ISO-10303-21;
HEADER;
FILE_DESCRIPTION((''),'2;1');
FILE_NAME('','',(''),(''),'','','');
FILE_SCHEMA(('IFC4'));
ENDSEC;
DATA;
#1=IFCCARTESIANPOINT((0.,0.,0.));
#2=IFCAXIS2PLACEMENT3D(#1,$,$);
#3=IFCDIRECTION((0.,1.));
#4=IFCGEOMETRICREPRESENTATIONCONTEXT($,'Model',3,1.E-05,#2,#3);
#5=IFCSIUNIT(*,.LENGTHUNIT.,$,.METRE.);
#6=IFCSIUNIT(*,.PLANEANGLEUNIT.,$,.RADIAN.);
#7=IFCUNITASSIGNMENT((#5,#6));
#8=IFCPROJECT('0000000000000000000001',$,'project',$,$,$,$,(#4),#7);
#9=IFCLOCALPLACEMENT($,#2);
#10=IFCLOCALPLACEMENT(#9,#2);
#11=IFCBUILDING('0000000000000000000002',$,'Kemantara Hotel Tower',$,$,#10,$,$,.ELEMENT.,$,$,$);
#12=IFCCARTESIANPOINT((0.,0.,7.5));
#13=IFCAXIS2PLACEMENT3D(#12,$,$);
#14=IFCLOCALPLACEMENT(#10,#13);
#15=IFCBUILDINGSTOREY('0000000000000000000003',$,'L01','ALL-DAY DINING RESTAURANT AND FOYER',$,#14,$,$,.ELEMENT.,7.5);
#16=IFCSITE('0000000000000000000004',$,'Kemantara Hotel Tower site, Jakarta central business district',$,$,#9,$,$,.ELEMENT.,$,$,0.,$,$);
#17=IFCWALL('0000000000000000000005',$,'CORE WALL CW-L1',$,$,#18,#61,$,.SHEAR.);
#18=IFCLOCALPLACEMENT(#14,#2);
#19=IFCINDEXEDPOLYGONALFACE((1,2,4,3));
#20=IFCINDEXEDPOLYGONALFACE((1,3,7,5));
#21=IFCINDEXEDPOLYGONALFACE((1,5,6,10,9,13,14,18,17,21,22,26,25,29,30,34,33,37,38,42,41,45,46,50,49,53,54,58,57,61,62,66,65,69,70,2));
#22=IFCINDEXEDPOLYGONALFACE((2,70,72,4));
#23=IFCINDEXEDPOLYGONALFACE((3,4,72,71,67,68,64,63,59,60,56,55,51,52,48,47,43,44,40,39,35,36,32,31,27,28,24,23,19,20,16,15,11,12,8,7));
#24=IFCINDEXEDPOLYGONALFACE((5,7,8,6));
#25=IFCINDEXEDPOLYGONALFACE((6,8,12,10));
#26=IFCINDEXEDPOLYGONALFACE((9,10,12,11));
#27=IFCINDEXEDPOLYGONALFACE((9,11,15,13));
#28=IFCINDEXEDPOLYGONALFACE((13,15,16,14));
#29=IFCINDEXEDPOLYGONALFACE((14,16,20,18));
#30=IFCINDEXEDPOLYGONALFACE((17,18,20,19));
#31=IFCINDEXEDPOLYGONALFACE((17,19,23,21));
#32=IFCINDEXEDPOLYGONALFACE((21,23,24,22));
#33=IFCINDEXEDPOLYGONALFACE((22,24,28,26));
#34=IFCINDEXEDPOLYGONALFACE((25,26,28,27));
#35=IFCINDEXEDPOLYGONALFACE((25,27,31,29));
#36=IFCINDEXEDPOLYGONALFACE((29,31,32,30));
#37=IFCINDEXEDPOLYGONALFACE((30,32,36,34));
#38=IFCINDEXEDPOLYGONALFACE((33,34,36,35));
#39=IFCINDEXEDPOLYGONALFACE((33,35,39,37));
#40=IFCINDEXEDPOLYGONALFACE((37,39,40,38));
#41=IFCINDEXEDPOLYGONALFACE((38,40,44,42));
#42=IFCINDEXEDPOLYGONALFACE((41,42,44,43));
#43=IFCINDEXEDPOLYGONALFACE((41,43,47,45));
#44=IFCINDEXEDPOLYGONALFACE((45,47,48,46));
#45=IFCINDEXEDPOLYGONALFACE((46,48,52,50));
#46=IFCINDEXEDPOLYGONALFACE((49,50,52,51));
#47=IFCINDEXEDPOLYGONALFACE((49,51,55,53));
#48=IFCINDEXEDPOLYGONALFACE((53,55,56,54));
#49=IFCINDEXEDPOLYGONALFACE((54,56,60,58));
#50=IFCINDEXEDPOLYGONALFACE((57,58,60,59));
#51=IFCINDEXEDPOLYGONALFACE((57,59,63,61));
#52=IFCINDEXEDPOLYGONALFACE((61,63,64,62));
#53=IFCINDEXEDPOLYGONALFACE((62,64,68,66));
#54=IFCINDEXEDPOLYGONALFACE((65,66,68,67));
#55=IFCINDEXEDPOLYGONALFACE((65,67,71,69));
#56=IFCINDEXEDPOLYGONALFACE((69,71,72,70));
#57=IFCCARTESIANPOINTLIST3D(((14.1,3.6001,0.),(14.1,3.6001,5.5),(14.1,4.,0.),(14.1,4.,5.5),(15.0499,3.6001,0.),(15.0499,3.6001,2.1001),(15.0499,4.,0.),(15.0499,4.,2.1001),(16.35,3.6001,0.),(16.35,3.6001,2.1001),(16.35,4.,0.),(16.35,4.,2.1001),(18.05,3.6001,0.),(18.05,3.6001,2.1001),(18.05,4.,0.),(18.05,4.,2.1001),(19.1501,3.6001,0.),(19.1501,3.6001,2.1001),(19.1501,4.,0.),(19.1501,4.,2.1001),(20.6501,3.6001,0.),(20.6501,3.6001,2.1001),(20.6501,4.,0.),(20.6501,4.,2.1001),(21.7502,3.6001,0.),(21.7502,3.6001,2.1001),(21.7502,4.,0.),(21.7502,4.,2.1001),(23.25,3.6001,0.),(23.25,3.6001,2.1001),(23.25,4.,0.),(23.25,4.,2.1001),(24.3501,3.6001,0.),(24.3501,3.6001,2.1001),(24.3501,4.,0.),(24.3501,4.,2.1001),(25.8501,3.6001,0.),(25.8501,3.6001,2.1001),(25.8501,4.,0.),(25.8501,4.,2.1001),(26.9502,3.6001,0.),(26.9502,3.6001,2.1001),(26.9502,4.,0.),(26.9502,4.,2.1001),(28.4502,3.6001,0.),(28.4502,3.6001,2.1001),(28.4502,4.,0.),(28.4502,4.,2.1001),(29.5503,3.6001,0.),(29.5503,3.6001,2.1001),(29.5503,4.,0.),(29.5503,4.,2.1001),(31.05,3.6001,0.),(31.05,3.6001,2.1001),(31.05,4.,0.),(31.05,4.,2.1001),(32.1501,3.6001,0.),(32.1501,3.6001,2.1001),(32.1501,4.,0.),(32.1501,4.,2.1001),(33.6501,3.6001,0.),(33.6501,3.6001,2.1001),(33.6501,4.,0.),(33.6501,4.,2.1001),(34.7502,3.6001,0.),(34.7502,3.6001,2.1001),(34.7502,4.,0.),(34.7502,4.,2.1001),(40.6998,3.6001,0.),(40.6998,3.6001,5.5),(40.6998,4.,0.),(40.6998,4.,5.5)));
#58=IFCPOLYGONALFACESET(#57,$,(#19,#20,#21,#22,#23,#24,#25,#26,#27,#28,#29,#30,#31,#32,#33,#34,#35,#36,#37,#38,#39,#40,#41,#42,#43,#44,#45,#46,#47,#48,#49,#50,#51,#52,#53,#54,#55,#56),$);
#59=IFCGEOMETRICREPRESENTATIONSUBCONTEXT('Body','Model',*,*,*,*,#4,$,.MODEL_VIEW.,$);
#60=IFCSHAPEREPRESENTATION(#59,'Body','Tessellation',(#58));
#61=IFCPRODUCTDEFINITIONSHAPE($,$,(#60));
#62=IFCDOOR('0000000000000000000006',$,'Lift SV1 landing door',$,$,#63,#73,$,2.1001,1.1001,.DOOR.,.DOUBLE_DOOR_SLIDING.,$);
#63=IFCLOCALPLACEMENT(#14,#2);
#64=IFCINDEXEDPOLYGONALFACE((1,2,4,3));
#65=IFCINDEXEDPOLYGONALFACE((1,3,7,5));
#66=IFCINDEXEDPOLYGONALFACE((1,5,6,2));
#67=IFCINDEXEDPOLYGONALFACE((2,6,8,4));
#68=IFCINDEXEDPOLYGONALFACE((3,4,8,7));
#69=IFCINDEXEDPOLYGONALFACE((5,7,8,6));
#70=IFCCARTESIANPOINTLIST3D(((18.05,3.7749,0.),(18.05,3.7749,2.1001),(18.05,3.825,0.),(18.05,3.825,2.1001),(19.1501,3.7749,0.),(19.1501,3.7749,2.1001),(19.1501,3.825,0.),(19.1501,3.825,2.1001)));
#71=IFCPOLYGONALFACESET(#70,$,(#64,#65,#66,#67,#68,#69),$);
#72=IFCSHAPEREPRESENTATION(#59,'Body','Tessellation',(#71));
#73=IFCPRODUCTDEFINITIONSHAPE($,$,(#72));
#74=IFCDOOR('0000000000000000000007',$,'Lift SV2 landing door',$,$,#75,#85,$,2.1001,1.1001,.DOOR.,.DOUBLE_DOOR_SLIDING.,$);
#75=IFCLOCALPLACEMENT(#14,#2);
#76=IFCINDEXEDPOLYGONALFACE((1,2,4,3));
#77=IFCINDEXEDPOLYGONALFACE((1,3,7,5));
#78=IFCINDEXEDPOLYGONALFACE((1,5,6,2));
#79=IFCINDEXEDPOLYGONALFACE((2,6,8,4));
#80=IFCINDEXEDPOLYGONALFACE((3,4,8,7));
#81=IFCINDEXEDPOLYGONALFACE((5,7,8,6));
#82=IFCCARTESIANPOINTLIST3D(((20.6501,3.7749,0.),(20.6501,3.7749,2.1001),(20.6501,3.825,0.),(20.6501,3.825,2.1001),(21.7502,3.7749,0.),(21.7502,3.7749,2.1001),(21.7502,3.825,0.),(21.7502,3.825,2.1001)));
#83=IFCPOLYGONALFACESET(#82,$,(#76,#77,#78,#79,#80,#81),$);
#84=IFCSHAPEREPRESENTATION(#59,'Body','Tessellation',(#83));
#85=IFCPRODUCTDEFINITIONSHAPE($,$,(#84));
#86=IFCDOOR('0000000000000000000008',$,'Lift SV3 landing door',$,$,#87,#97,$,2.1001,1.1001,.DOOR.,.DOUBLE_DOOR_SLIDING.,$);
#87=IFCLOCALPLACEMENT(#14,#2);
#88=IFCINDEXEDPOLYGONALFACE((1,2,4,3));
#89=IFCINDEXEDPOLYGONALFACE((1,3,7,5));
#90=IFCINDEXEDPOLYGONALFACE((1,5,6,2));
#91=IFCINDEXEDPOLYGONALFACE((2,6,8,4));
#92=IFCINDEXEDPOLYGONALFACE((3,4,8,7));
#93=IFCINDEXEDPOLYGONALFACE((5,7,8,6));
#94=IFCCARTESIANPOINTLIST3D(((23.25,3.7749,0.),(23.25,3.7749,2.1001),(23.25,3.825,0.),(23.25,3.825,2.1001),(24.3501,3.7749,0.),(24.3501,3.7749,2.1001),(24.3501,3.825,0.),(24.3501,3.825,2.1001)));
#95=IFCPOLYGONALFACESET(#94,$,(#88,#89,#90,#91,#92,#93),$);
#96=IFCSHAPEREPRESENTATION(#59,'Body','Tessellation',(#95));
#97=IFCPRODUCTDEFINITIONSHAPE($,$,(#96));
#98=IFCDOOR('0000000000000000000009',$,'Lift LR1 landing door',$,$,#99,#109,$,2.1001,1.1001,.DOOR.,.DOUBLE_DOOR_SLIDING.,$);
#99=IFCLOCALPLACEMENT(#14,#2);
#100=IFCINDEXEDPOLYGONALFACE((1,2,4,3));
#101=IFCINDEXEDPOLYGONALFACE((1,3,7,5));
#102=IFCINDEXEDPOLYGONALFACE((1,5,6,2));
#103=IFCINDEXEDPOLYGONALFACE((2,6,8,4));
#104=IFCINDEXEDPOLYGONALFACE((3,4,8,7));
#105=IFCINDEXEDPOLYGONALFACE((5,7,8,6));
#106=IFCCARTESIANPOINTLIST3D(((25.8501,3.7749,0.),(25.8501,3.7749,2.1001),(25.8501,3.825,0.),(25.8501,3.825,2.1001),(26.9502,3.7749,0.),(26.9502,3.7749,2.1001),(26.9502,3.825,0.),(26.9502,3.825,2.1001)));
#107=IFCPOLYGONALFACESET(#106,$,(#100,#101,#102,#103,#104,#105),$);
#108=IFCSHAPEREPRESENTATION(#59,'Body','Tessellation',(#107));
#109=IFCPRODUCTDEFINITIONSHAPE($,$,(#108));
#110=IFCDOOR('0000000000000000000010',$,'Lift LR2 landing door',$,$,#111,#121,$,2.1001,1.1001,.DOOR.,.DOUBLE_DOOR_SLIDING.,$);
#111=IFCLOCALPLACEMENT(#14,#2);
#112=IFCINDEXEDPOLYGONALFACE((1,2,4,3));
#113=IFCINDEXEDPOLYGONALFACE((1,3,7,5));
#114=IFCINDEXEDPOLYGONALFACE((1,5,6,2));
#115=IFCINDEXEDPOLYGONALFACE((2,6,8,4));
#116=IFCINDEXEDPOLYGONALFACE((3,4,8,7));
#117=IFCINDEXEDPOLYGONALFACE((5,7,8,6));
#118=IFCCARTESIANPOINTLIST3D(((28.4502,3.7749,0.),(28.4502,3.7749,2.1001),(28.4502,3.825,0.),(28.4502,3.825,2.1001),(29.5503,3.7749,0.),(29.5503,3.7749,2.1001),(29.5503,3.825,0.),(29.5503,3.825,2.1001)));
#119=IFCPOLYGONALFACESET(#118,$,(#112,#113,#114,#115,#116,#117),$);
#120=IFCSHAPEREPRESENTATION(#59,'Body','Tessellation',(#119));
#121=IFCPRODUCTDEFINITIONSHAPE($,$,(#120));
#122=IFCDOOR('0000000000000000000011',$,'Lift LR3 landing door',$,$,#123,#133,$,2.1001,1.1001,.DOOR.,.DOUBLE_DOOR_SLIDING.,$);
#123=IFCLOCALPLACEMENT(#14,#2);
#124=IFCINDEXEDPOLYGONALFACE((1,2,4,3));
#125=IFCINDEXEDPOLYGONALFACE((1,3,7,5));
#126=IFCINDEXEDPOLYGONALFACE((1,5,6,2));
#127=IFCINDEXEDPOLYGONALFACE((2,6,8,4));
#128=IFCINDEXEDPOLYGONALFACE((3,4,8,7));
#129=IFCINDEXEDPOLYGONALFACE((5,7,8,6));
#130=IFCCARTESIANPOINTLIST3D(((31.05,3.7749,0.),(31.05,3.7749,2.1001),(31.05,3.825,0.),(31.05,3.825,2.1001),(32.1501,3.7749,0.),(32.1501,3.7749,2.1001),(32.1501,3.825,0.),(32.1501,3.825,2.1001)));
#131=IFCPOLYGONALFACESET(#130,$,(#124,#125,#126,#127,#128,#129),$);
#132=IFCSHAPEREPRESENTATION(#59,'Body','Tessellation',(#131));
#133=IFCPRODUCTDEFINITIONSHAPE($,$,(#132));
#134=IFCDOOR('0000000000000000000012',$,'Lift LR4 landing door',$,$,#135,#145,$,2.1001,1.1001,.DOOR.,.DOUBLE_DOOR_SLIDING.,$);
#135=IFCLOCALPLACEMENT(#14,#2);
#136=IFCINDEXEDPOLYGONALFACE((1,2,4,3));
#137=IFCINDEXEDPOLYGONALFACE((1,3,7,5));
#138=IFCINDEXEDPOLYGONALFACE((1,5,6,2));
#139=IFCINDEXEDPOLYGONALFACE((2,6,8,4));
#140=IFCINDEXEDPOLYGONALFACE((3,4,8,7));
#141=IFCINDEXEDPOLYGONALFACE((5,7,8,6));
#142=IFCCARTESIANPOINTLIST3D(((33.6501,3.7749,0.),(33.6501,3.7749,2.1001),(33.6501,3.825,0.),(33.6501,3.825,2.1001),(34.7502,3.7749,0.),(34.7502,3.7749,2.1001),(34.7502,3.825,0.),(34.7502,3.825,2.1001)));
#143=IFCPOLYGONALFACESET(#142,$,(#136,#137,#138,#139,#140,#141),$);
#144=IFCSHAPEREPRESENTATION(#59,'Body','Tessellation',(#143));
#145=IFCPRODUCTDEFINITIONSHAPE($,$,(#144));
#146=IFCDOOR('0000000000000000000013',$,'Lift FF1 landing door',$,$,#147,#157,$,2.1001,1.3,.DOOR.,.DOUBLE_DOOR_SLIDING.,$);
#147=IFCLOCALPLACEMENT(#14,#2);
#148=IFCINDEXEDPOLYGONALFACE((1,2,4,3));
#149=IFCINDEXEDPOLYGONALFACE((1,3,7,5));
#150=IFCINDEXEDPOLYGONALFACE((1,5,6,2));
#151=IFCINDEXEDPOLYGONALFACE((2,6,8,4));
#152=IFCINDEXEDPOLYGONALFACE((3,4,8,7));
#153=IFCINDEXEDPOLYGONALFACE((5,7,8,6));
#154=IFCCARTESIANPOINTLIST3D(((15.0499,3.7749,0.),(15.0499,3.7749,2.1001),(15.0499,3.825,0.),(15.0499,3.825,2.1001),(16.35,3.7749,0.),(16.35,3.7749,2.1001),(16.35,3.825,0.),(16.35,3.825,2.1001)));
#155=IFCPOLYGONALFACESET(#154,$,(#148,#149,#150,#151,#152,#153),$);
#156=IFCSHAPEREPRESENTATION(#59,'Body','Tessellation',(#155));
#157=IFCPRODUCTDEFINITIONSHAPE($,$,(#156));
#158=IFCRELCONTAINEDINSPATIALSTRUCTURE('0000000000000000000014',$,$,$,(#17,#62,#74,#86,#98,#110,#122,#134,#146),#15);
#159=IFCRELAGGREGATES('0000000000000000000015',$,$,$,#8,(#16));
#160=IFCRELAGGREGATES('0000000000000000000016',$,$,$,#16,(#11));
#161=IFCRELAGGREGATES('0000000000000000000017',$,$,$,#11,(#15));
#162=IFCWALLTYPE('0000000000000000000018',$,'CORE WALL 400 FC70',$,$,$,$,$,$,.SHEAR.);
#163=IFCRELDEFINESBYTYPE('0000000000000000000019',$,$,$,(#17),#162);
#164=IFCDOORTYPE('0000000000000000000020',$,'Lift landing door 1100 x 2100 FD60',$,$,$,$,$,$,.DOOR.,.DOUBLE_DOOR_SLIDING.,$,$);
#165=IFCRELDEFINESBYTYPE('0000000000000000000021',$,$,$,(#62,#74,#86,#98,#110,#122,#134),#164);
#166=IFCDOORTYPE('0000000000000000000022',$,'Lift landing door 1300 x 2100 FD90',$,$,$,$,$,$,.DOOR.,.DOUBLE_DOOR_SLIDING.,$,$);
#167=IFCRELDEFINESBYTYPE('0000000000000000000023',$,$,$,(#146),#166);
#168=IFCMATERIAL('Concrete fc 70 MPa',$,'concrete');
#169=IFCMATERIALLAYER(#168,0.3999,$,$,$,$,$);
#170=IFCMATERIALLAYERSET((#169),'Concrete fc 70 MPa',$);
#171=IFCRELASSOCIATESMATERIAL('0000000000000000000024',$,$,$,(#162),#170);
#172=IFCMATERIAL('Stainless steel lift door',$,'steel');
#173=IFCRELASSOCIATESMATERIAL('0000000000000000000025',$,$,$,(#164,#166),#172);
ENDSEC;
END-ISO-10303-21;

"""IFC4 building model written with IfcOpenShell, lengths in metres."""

from ifc_helpers import new_model, si_unit, direction, frame, frame_2d, origin, place, context, subcontext, project, spatial, rectangle, extrude, material, layer, layer_set, type_object, element, fill, save


model = new_model("IFC4")

# Units and contexts
model_context = context("Model", 3, precision=1e-05, world=origin(), true_north=direction((0.0, 1.0)))
body_context = subcontext(model_context, "Body", "Model", "MODEL_VIEW")
ifc_project = project(units=[si_unit("LENGTHUNIT", "METRE"), si_unit("PLANEANGLEUNIT", "RADIAN")], contexts=[model_context])

# Site, building, storey
site_placement = place(None, origin())
site = spatial("IfcSite", under=ifc_project, at=site_placement, Name="Kemantara Hotel Tower site, Jakarta central business district", CompositionType="ELEMENT", RefElevation=0.0)
building_placement = place(site_placement, origin())
building = spatial("IfcBuilding", under=site, at=building_placement, Name="Kemantara Hotel Tower", CompositionType="ELEMENT")
storey_placement = place(building_placement, frame((0.0, 0.0, 7.5)))
storey = spatial("IfcBuildingStorey", under=building, at=storey_placement, Name="L01", Description="ALL-DAY DINING RESTAURANT AND FOYER", CompositionType="ELEMENT", Elevation=7.5)

# Shared definitions
ifc_material_1 = material(Name="Concrete fc 70 MPa", Category="concrete")

# Shared definitions
ifc_layer_1 = layer(ifc_material_1, 0.3999)
ifc_layer_set_1 = layer_set([ifc_layer_1], Name="Concrete fc 70 MPa")
wall_type_1 = type_object("IfcWallType", Name="CORE WALL 400 FC70", PredefinedType="SHEAR", material=ifc_layer_set_1)

# Wall, openings, doors
wall_1_placement = place(storey_placement, frame((14.1001, 3.8, 0.0), z_axis=(0.0, 0.0, 1.0), x_axis=(1.0, 0.0, 0.0)))
wall_1 = element("IfcWall", 1, at=wall_1_placement, inside=storey, type_object=wall_type_1, Name="CORE WALL CW-L1", PredefinedType="SHEAR", context=body_context, shape_type="SweptSolid", body=[
    extrude(rectangle(XDim=26.5999, YDim=0.3999, at=frame_2d((13.2998, 0.0))), origin(), (0.0, 0.0, 1.0), 5.5),
])
opening_1_placement = place(wall_1_placement, frame((0.95, 0.0, 0.0)))
opening_1 = element("IfcOpeningElement", 2, at=opening_1_placement, cuts=wall_1, PredefinedType="OPENING", context=body_context, shape_type="SweptSolid", body=[
    extrude(rectangle(XDim=1.3, YDim=2.1001, at=frame_2d((0.6499, 1.05))), frame((0.0, 0.21, 0.0), z_axis=(0.0, -1.0, 0.0), x_axis=(1.0, 0.0, 0.0)), (0.0, 0.0, 1.0), 0.4199),
])
opening_2_placement = place(wall_1_placement, frame((3.95, 0.0, 0.0)))
opening_2 = element("IfcOpeningElement", 3, at=opening_2_placement, cuts=wall_1, PredefinedType="OPENING", context=body_context, shape_type="SweptSolid", body=[
    extrude(rectangle(XDim=1.1001, YDim=2.1001, at=frame_2d((0.55, 1.05))), frame((0.0, 0.21, 0.0), z_axis=(0.0, -1.0, 0.0), x_axis=(1.0, 0.0, 0.0)), (0.0, 0.0, 1.0), 0.4199),
])
opening_3_placement = place(wall_1_placement, frame((6.55, 0.0, 0.0)))
opening_3 = element("IfcOpeningElement", 4, at=opening_3_placement, cuts=wall_1, PredefinedType="OPENING", context=body_context, shape_type="SweptSolid", body=[
    extrude(rectangle(XDim=1.1001, YDim=2.1001, at=frame_2d((0.55, 1.05))), frame((0.0, 0.21, 0.0), z_axis=(0.0, -1.0, 0.0), x_axis=(1.0, 0.0, 0.0)), (0.0, 0.0, 1.0), 0.4199),
])
opening_4_placement = place(wall_1_placement, frame((9.1499, 0.0, 0.0)))
opening_4 = element("IfcOpeningElement", 5, at=opening_4_placement, cuts=wall_1, PredefinedType="OPENING", context=body_context, shape_type="SweptSolid", body=[
    extrude(rectangle(XDim=1.1001, YDim=2.1001, at=frame_2d((0.55, 1.05))), frame((0.0, 0.21, 0.0), z_axis=(0.0, -1.0, 0.0), x_axis=(1.0, 0.0, 0.0)), (0.0, 0.0, 1.0), 0.4199),
])
opening_5_placement = place(wall_1_placement, frame((11.75, 0.0, 0.0)))
opening_5 = element("IfcOpeningElement", 6, at=opening_5_placement, cuts=wall_1, PredefinedType="OPENING", context=body_context, shape_type="SweptSolid", body=[
    extrude(rectangle(XDim=1.1001, YDim=2.1001, at=frame_2d((0.55, 1.05))), frame((0.0, 0.21, 0.0), z_axis=(0.0, -1.0, 0.0), x_axis=(1.0, 0.0, 0.0)), (0.0, 0.0, 1.0), 0.4199),
])
opening_6_placement = place(wall_1_placement, frame((14.3501, 0.0, 0.0)))
opening_6 = element("IfcOpeningElement", 7, at=opening_6_placement, cuts=wall_1, PredefinedType="OPENING", context=body_context, shape_type="SweptSolid", body=[
    extrude(rectangle(XDim=1.1001, YDim=2.1001, at=frame_2d((0.55, 1.05))), frame((0.0, 0.21, 0.0), z_axis=(0.0, -1.0, 0.0), x_axis=(1.0, 0.0, 0.0)), (0.0, 0.0, 1.0), 0.4199),
])
opening_7_placement = place(wall_1_placement, frame((16.95, 0.0, 0.0)))
opening_7 = element("IfcOpeningElement", 8, at=opening_7_placement, cuts=wall_1, PredefinedType="OPENING", context=body_context, shape_type="SweptSolid", body=[
    extrude(rectangle(XDim=1.1001, YDim=2.1001, at=frame_2d((0.55, 1.05))), frame((0.0, 0.21, 0.0), z_axis=(0.0, -1.0, 0.0), x_axis=(1.0, 0.0, 0.0)), (0.0, 0.0, 1.0), 0.4199),
])
opening_8_placement = place(wall_1_placement, frame((19.55, 0.0, 0.0)))
opening_8 = element("IfcOpeningElement", 9, at=opening_8_placement, cuts=wall_1, PredefinedType="OPENING", context=body_context, shape_type="SweptSolid", body=[
    extrude(rectangle(XDim=1.1001, YDim=2.1001, at=frame_2d((0.55, 1.05))), frame((0.0, 0.21, 0.0), z_axis=(0.0, -1.0, 0.0), x_axis=(1.0, 0.0, 0.0)), (0.0, 0.0, 1.0), 0.4199),
])
ifc_material_2 = material(Name="Stainless steel lift door", Category="steel")
door_type_1 = type_object("IfcDoorType", Name="Lift landing door 1100 x 2100 FD60", OperationType="DOUBLE_DOOR_SLIDING", PredefinedType="DOOR", material=ifc_material_2)
door_1_placement = place(opening_2_placement, origin())
door_1 = element("IfcDoor", 10, at=door_1_placement, inside=storey, type_object=door_type_1, Name="Lift SV1 landing door", OperationType="DOUBLE_DOOR_SLIDING", OverallHeight=2.1001, OverallWidth=1.1001, PredefinedType="DOOR", context=body_context, shape_type="SweptSolid", body=[
    extrude(rectangle(XDim=1.1001, YDim=2.1001, at=frame_2d((0.55, 1.05))), frame((0.0, 0.0249, 0.0), z_axis=(0.0, -1.0, 0.0), x_axis=(1.0, 0.0, 0.0)), (0.0, 0.0, 1.0), 0.05),
])
fill(opening_2, door_1)
door_2_placement = place(opening_3_placement, origin())
door_2 = element("IfcDoor", 11, at=door_2_placement, inside=storey, type_object=door_type_1, Name="Lift SV2 landing door", OperationType="DOUBLE_DOOR_SLIDING", OverallHeight=2.1001, OverallWidth=1.1001, PredefinedType="DOOR", context=body_context, shape_type="SweptSolid", body=[
    extrude(rectangle(XDim=1.1001, YDim=2.1001, at=frame_2d((0.55, 1.05))), frame((0.0, 0.0249, 0.0), z_axis=(0.0, -1.0, 0.0), x_axis=(1.0, 0.0, 0.0)), (0.0, 0.0, 1.0), 0.05),
])
fill(opening_3, door_2)
door_3_placement = place(opening_4_placement, origin())
door_3 = element("IfcDoor", 12, at=door_3_placement, inside=storey, type_object=door_type_1, Name="Lift SV3 landing door", OperationType="DOUBLE_DOOR_SLIDING", OverallHeight=2.1001, OverallWidth=1.1001, PredefinedType="DOOR", context=body_context, shape_type="SweptSolid", body=[
    extrude(rectangle(XDim=1.1001, YDim=2.1001, at=frame_2d((0.55, 1.05))), frame((0.0, 0.0249, 0.0), z_axis=(0.0, -1.0, 0.0), x_axis=(1.0, 0.0, 0.0)), (0.0, 0.0, 1.0), 0.05),
])
fill(opening_4, door_3)
door_4_placement = place(opening_5_placement, origin())
door_4 = element("IfcDoor", 13, at=door_4_placement, inside=storey, type_object=door_type_1, Name="Lift LR1 landing door", OperationType="DOUBLE_DOOR_SLIDING", OverallHeight=2.1001, OverallWidth=1.1001, PredefinedType="DOOR", context=body_context, shape_type="SweptSolid", body=[
    extrude(rectangle(XDim=1.1001, YDim=2.1001, at=frame_2d((0.55, 1.05))), frame((0.0, 0.0249, 0.0), z_axis=(0.0, -1.0, 0.0), x_axis=(1.0, 0.0, 0.0)), (0.0, 0.0, 1.0), 0.05),
])
fill(opening_5, door_4)
door_5_placement = place(opening_6_placement, origin())
door_5 = element("IfcDoor", 14, at=door_5_placement, inside=storey, type_object=door_type_1, Name="Lift LR2 landing door", OperationType="DOUBLE_DOOR_SLIDING", OverallHeight=2.1001, OverallWidth=1.1001, PredefinedType="DOOR", context=body_context, shape_type="SweptSolid", body=[
    extrude(rectangle(XDim=1.1001, YDim=2.1001, at=frame_2d((0.55, 1.05))), frame((0.0, 0.0249, 0.0), z_axis=(0.0, -1.0, 0.0), x_axis=(1.0, 0.0, 0.0)), (0.0, 0.0, 1.0), 0.05),
])
fill(opening_6, door_5)
door_6_placement = place(opening_7_placement, origin())
door_6 = element("IfcDoor", 15, at=door_6_placement, inside=storey, type_object=door_type_1, Name="Lift LR3 landing door", OperationType="DOUBLE_DOOR_SLIDING", OverallHeight=2.1001, OverallWidth=1.1001, PredefinedType="DOOR", context=body_context, shape_type="SweptSolid", body=[
    extrude(rectangle(XDim=1.1001, YDim=2.1001, at=frame_2d((0.55, 1.05))), frame((0.0, 0.0249, 0.0), z_axis=(0.0, -1.0, 0.0), x_axis=(1.0, 0.0, 0.0)), (0.0, 0.0, 1.0), 0.05),
])
fill(opening_7, door_6)
door_7_placement = place(opening_8_placement, origin())
door_7 = element("IfcDoor", 16, at=door_7_placement, inside=storey, type_object=door_type_1, Name="Lift LR4 landing door", OperationType="DOUBLE_DOOR_SLIDING", OverallHeight=2.1001, OverallWidth=1.1001, PredefinedType="DOOR", context=body_context, shape_type="SweptSolid", body=[
    extrude(rectangle(XDim=1.1001, YDim=2.1001, at=frame_2d((0.55, 1.05))), frame((0.0, 0.0249, 0.0), z_axis=(0.0, -1.0, 0.0), x_axis=(1.0, 0.0, 0.0)), (0.0, 0.0, 1.0), 0.05),
])
fill(opening_8, door_7)
door_type_2 = type_object("IfcDoorType", Name="Lift landing door 1300 x 2100 FD90", OperationType="DOUBLE_DOOR_SLIDING", PredefinedType="DOOR", material=ifc_material_2)
door_8_placement = place(opening_1_placement, origin())
door_8 = element("IfcDoor", 17, at=door_8_placement, inside=storey, type_object=door_type_2, Name="Lift FF1 landing door", OperationType="DOUBLE_DOOR_SLIDING", OverallHeight=2.1001, OverallWidth=1.3, PredefinedType="DOOR", context=body_context, shape_type="SweptSolid", body=[
    extrude(rectangle(XDim=1.3, YDim=2.1001, at=frame_2d((0.6499, 1.05))), frame((0.0, 0.0249, 0.0), z_axis=(0.0, -1.0, 0.0), x_axis=(1.0, 0.0, 0.0)), (0.0, 0.0, 1.0), 0.05),
])
fill(opening_1, door_8)

save(model, "model.ifc")
